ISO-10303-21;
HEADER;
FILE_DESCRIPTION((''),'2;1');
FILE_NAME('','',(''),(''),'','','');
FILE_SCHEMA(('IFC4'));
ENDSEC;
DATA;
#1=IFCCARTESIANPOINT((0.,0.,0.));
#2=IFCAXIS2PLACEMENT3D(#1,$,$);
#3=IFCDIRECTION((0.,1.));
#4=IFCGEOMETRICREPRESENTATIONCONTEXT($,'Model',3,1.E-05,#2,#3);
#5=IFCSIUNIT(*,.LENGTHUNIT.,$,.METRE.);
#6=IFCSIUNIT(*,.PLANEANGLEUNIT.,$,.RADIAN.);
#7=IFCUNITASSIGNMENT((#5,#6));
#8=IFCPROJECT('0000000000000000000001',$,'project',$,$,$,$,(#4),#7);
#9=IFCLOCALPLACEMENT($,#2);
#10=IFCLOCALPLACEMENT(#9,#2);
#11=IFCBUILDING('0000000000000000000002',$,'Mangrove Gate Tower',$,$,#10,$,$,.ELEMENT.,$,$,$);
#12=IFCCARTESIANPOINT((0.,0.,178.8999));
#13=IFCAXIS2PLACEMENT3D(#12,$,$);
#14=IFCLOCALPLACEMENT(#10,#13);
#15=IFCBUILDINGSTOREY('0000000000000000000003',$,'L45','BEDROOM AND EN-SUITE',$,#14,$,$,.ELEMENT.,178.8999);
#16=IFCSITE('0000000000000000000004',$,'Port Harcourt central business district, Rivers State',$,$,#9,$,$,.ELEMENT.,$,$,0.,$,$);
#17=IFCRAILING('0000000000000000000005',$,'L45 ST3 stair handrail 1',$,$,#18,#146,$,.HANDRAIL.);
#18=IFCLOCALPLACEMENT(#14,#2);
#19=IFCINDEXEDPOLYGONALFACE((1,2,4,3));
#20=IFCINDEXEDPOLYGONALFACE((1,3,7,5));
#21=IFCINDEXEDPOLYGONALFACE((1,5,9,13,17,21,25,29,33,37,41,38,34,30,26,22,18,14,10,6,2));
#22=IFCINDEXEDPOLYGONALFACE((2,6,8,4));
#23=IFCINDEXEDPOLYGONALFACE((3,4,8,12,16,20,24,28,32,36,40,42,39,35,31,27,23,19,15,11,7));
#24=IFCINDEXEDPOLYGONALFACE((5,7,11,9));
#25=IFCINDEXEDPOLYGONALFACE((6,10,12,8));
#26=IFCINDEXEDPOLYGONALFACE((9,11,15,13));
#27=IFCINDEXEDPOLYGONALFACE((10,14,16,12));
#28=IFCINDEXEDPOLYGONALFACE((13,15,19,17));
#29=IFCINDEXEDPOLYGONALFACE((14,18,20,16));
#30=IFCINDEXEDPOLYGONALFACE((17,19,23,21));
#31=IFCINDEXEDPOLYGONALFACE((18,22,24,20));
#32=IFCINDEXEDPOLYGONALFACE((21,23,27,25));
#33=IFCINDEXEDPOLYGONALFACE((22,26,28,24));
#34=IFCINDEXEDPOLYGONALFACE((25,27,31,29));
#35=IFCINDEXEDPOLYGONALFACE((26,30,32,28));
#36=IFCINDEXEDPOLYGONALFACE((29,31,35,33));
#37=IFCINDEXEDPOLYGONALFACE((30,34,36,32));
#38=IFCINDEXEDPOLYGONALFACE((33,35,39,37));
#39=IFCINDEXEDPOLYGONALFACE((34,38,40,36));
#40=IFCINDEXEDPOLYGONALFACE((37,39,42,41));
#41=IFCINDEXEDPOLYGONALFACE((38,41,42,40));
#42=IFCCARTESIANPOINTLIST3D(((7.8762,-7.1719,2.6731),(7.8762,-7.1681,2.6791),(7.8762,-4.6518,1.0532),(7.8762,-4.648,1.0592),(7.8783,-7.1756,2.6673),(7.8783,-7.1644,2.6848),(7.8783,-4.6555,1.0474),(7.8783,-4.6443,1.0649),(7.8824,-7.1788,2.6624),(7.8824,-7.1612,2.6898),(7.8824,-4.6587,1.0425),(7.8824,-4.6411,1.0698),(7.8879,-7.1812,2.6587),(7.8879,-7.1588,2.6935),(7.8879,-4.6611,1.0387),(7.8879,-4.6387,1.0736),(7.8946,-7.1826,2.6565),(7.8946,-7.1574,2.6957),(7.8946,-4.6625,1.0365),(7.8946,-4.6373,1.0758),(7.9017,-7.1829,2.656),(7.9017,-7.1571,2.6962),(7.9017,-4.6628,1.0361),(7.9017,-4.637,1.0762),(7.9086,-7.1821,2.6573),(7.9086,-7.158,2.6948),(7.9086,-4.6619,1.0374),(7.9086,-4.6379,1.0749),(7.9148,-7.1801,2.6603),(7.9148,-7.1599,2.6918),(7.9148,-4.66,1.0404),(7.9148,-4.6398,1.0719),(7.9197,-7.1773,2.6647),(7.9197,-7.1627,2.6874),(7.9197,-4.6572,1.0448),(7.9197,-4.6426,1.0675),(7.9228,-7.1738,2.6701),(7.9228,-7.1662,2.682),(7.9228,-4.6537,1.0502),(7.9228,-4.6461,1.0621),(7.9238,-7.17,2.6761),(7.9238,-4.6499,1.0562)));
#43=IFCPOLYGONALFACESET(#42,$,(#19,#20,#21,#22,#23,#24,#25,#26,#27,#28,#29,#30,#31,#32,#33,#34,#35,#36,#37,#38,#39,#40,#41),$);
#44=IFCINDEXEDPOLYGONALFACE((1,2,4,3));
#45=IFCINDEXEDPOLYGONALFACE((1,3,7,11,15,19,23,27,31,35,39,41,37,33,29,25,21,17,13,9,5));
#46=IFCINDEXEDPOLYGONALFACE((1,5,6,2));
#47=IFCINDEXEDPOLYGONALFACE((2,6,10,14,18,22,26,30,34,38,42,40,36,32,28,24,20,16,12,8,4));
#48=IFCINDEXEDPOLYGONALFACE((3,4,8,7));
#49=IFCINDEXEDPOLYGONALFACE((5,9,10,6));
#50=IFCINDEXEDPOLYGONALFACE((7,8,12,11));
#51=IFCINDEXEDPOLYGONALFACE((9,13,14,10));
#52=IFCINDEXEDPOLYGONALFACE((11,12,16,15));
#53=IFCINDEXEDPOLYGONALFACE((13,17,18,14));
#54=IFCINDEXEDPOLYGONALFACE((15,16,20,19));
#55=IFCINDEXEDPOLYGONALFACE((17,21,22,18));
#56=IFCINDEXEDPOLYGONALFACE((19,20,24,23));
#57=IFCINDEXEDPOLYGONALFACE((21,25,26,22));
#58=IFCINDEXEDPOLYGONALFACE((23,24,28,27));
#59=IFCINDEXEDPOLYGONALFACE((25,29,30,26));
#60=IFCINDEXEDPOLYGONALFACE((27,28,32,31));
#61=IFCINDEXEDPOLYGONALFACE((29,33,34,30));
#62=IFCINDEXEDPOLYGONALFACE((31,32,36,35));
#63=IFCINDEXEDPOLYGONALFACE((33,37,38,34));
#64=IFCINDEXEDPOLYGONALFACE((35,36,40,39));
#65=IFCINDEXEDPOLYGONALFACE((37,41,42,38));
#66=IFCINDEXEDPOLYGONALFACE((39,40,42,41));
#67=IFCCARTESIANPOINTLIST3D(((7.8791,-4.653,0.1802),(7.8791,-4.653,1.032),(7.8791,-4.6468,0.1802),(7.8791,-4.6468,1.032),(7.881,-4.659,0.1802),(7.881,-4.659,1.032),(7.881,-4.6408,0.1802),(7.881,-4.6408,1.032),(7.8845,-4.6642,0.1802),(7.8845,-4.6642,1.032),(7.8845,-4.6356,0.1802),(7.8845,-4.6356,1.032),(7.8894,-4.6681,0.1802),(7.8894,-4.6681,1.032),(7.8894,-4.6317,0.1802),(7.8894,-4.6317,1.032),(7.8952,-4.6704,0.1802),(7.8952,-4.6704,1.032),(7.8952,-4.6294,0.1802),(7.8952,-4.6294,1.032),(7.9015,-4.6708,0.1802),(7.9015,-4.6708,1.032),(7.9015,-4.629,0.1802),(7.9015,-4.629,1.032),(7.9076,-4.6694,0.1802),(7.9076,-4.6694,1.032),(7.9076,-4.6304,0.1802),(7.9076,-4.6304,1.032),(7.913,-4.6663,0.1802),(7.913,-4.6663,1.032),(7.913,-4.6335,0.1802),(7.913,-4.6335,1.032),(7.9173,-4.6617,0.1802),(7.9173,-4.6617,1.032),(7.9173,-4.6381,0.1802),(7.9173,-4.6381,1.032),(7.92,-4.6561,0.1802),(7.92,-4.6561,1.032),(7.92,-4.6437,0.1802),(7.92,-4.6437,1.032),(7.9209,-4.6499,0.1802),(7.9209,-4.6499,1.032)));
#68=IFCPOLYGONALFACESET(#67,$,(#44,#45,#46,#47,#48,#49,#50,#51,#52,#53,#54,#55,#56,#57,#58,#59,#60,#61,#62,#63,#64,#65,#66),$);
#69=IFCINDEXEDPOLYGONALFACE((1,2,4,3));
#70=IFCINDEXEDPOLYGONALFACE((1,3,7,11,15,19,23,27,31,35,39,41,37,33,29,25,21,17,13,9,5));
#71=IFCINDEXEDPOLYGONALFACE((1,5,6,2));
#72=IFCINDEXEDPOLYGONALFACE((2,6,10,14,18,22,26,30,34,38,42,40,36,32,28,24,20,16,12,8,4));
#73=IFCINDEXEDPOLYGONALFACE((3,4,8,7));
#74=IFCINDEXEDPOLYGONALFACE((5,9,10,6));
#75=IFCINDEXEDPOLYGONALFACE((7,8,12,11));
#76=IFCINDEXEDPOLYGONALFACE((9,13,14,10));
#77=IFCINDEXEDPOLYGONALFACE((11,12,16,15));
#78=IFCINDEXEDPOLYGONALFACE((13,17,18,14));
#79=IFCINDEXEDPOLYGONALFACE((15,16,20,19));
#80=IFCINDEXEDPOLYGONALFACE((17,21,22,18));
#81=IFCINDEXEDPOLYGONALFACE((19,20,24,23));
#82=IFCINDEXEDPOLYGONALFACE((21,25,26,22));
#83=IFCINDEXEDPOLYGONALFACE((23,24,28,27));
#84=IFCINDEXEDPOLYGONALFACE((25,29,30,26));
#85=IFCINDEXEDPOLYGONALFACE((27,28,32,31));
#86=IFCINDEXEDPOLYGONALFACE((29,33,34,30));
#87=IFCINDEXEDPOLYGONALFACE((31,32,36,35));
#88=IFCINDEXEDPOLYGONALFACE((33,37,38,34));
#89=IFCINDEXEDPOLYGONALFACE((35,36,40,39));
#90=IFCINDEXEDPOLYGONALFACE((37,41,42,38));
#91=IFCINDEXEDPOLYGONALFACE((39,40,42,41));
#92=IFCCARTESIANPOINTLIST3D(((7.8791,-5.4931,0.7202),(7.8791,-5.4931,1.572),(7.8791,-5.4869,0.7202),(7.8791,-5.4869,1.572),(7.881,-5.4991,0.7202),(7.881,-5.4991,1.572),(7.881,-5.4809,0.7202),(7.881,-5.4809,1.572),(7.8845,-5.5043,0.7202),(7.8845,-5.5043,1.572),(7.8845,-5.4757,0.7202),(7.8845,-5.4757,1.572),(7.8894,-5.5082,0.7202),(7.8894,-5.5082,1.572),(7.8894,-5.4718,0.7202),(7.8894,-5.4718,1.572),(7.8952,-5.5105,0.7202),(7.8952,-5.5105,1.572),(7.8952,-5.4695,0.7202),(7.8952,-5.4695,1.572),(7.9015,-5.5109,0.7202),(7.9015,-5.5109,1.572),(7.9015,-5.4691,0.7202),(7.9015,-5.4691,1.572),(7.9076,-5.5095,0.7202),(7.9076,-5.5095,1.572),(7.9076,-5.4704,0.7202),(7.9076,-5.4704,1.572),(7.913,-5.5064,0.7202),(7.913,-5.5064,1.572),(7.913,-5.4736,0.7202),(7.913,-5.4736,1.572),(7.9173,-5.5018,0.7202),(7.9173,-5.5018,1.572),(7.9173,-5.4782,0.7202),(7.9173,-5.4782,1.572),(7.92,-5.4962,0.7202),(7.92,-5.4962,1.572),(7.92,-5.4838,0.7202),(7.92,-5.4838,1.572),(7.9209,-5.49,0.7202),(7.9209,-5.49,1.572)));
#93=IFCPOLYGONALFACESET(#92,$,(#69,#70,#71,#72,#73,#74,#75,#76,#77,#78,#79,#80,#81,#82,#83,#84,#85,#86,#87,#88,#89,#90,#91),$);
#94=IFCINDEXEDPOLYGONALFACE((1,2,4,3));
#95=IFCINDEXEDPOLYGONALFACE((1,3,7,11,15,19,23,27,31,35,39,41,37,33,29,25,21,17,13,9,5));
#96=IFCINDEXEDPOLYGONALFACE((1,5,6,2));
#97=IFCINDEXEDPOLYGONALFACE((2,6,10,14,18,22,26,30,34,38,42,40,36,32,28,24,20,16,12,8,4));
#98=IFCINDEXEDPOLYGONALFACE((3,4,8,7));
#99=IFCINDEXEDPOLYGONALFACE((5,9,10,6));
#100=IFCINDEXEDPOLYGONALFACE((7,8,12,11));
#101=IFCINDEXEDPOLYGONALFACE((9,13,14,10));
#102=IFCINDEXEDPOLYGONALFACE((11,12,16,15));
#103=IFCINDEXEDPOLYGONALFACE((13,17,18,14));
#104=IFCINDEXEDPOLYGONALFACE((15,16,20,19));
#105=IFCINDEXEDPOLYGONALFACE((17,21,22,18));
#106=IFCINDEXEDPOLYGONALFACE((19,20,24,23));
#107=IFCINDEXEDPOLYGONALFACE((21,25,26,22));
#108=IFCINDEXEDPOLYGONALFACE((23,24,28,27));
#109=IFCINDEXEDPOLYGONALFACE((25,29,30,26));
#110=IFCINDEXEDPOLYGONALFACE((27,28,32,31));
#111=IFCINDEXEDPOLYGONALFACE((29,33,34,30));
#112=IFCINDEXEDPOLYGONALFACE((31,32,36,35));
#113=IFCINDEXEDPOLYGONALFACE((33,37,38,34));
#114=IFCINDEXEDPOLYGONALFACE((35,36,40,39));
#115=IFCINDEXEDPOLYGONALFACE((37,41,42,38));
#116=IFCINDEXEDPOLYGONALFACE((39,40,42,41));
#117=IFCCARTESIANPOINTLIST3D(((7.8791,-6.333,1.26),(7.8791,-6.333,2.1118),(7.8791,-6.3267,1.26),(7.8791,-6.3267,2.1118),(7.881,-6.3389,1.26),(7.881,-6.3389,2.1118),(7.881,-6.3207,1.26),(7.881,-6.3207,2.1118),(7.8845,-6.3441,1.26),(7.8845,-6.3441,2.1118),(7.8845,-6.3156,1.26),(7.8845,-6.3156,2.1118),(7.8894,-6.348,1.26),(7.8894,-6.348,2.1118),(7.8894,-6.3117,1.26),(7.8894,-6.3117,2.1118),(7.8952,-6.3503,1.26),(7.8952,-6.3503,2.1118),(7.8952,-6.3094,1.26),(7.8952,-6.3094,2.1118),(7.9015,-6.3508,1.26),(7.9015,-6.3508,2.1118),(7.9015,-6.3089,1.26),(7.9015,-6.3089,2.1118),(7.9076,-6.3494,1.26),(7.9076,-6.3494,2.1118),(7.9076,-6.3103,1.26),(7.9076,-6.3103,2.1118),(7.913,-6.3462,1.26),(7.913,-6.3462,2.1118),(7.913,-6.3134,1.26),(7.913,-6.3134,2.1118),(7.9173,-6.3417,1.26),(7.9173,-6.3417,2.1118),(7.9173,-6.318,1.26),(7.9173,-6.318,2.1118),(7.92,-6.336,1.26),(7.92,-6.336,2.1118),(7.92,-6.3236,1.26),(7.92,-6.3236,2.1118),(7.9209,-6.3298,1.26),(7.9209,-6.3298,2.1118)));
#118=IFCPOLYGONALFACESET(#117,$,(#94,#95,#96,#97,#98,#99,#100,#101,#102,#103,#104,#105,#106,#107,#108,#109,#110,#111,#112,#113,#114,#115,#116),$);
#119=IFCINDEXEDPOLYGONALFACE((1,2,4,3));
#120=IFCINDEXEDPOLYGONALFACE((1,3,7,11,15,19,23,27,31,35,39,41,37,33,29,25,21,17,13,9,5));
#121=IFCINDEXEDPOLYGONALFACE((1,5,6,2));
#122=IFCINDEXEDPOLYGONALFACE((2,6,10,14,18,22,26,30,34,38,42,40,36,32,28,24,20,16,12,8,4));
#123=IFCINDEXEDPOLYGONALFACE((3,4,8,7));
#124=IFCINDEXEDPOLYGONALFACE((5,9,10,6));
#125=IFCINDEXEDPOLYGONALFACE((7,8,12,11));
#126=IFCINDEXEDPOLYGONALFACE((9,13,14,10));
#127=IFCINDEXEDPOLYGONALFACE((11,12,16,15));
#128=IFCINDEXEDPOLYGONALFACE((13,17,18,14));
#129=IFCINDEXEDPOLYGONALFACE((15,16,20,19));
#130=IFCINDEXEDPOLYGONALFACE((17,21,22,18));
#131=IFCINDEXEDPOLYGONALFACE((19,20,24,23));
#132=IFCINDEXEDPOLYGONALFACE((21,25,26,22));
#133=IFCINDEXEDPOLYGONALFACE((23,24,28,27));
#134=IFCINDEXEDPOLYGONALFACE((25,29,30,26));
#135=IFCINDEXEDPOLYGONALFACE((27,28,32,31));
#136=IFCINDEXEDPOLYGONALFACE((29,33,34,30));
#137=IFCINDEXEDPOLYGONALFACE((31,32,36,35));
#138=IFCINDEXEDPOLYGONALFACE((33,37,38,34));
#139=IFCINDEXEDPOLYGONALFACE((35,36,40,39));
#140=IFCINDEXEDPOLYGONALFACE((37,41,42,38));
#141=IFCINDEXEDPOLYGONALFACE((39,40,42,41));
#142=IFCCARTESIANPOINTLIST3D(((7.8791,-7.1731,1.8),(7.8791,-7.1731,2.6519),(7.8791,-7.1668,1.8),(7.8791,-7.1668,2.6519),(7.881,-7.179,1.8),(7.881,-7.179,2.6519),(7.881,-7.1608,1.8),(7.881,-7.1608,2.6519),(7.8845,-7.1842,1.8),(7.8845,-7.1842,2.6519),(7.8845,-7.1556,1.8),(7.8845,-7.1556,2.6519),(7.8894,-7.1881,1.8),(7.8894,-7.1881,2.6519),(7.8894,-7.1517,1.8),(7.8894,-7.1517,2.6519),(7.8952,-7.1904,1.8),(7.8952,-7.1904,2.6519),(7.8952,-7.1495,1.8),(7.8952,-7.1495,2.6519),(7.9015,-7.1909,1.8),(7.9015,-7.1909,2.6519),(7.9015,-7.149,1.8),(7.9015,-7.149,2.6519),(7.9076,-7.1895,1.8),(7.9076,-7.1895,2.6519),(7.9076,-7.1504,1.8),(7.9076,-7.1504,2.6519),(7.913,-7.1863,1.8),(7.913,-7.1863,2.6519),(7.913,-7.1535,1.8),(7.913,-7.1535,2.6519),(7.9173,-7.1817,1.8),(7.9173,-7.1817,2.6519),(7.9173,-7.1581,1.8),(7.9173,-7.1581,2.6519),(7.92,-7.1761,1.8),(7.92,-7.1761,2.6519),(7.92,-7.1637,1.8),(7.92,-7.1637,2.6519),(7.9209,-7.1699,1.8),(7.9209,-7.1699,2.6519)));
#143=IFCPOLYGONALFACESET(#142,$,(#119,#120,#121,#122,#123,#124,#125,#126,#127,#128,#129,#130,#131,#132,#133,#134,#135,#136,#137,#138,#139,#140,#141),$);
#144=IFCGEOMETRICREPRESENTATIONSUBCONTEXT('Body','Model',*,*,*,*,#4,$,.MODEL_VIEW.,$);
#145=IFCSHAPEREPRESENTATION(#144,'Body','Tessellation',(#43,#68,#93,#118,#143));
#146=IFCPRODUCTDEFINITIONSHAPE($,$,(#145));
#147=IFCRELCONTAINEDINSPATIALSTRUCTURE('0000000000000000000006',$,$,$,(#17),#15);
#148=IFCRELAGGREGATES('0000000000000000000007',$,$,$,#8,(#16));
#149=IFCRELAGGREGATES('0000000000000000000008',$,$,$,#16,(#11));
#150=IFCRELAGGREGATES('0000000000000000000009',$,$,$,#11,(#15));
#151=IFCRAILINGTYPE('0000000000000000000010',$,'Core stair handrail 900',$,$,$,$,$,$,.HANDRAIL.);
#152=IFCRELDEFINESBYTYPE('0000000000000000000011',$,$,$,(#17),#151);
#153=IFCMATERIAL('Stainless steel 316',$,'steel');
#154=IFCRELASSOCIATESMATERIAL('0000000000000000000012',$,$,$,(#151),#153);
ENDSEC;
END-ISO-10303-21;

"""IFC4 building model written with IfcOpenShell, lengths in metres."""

from ifc_helpers import new_model, si_unit, direction, frame, origin, origin_2d, place, context, subcontext, project, spatial, circle, extrude, material, type_object, element, save


model = new_model("IFC4")

# Units and contexts
model_context = context("Model", 3, precision=1e-05, world=origin(), true_north=direction((0.0, 1.0)))
body_context = subcontext(model_context, "Body", "Model", "MODEL_VIEW")
ifc_project = project(units=[si_unit("LENGTHUNIT", "METRE"), si_unit("PLANEANGLEUNIT", "RADIAN")], contexts=[model_context])

# Site, building, storey
site_placement = place(None, origin())
site = spatial("IfcSite", under=ifc_project, at=site_placement, Name="Port Harcourt central business district, Rivers State", CompositionType="ELEMENT", RefElevation=0.0)
building_placement = place(site_placement, origin())
building = spatial("IfcBuilding", under=site, at=building_placement, Name="Mangrove Gate Tower", CompositionType="ELEMENT")
storey_placement = place(building_placement, frame((0.0, 0.0, 178.8999)))
storey = spatial("IfcBuildingStorey", under=building, at=storey_placement, Name="L45", Description="BEDROOM AND EN-SUITE", CompositionType="ELEMENT", Elevation=178.8999)

# Railing
ifc_material_1 = material(Name="Stainless steel 316", Category="steel")
railing_type_1 = type_object("IfcRailingType", Name="Core stair handrail 900", PredefinedType="HANDRAIL", material=ifc_material_1)
railing_1_placement = place(storey_placement, frame((7.8999, -4.6499, 0.1802)))
element("IfcRailing", 1, at=railing_1_placement, inside=storey, type_object=railing_type_1, Name="L45 ST3 stair handrail 1", PredefinedType="HANDRAIL", context=body_context, shape_type="SweptSolid", body=[
    extrude(circle(Radius=0.0239, at=origin_2d()), frame((0.0, 0.0, 0.876), z_axis=(0.0, -0.8412, 0.540725), x_axis=(1.0, 0.0, 0.0)), (0.0, 0.0, 1.0), 2.9958),
    extrude(circle(Radius=0.021, at=origin_2d()), origin(), (0.0, 0.0, 1.0), 0.8518),
    extrude(circle(Radius=0.021, at=origin_2d()), frame((0.0, -0.8401, 0.54)), (0.0, 0.0, 1.0), 0.8518),
    extrude(circle(Radius=0.021, at=origin_2d()), frame((0.0, -1.6799, 1.0798)), (0.0, 0.0, 1.0), 0.8518),
    extrude(circle(Radius=0.021, at=origin_2d()), frame((0.0, -2.52, 1.6199)), (0.0, 0.0, 1.0), 0.8518),
])

save(model, "model.ifc")
